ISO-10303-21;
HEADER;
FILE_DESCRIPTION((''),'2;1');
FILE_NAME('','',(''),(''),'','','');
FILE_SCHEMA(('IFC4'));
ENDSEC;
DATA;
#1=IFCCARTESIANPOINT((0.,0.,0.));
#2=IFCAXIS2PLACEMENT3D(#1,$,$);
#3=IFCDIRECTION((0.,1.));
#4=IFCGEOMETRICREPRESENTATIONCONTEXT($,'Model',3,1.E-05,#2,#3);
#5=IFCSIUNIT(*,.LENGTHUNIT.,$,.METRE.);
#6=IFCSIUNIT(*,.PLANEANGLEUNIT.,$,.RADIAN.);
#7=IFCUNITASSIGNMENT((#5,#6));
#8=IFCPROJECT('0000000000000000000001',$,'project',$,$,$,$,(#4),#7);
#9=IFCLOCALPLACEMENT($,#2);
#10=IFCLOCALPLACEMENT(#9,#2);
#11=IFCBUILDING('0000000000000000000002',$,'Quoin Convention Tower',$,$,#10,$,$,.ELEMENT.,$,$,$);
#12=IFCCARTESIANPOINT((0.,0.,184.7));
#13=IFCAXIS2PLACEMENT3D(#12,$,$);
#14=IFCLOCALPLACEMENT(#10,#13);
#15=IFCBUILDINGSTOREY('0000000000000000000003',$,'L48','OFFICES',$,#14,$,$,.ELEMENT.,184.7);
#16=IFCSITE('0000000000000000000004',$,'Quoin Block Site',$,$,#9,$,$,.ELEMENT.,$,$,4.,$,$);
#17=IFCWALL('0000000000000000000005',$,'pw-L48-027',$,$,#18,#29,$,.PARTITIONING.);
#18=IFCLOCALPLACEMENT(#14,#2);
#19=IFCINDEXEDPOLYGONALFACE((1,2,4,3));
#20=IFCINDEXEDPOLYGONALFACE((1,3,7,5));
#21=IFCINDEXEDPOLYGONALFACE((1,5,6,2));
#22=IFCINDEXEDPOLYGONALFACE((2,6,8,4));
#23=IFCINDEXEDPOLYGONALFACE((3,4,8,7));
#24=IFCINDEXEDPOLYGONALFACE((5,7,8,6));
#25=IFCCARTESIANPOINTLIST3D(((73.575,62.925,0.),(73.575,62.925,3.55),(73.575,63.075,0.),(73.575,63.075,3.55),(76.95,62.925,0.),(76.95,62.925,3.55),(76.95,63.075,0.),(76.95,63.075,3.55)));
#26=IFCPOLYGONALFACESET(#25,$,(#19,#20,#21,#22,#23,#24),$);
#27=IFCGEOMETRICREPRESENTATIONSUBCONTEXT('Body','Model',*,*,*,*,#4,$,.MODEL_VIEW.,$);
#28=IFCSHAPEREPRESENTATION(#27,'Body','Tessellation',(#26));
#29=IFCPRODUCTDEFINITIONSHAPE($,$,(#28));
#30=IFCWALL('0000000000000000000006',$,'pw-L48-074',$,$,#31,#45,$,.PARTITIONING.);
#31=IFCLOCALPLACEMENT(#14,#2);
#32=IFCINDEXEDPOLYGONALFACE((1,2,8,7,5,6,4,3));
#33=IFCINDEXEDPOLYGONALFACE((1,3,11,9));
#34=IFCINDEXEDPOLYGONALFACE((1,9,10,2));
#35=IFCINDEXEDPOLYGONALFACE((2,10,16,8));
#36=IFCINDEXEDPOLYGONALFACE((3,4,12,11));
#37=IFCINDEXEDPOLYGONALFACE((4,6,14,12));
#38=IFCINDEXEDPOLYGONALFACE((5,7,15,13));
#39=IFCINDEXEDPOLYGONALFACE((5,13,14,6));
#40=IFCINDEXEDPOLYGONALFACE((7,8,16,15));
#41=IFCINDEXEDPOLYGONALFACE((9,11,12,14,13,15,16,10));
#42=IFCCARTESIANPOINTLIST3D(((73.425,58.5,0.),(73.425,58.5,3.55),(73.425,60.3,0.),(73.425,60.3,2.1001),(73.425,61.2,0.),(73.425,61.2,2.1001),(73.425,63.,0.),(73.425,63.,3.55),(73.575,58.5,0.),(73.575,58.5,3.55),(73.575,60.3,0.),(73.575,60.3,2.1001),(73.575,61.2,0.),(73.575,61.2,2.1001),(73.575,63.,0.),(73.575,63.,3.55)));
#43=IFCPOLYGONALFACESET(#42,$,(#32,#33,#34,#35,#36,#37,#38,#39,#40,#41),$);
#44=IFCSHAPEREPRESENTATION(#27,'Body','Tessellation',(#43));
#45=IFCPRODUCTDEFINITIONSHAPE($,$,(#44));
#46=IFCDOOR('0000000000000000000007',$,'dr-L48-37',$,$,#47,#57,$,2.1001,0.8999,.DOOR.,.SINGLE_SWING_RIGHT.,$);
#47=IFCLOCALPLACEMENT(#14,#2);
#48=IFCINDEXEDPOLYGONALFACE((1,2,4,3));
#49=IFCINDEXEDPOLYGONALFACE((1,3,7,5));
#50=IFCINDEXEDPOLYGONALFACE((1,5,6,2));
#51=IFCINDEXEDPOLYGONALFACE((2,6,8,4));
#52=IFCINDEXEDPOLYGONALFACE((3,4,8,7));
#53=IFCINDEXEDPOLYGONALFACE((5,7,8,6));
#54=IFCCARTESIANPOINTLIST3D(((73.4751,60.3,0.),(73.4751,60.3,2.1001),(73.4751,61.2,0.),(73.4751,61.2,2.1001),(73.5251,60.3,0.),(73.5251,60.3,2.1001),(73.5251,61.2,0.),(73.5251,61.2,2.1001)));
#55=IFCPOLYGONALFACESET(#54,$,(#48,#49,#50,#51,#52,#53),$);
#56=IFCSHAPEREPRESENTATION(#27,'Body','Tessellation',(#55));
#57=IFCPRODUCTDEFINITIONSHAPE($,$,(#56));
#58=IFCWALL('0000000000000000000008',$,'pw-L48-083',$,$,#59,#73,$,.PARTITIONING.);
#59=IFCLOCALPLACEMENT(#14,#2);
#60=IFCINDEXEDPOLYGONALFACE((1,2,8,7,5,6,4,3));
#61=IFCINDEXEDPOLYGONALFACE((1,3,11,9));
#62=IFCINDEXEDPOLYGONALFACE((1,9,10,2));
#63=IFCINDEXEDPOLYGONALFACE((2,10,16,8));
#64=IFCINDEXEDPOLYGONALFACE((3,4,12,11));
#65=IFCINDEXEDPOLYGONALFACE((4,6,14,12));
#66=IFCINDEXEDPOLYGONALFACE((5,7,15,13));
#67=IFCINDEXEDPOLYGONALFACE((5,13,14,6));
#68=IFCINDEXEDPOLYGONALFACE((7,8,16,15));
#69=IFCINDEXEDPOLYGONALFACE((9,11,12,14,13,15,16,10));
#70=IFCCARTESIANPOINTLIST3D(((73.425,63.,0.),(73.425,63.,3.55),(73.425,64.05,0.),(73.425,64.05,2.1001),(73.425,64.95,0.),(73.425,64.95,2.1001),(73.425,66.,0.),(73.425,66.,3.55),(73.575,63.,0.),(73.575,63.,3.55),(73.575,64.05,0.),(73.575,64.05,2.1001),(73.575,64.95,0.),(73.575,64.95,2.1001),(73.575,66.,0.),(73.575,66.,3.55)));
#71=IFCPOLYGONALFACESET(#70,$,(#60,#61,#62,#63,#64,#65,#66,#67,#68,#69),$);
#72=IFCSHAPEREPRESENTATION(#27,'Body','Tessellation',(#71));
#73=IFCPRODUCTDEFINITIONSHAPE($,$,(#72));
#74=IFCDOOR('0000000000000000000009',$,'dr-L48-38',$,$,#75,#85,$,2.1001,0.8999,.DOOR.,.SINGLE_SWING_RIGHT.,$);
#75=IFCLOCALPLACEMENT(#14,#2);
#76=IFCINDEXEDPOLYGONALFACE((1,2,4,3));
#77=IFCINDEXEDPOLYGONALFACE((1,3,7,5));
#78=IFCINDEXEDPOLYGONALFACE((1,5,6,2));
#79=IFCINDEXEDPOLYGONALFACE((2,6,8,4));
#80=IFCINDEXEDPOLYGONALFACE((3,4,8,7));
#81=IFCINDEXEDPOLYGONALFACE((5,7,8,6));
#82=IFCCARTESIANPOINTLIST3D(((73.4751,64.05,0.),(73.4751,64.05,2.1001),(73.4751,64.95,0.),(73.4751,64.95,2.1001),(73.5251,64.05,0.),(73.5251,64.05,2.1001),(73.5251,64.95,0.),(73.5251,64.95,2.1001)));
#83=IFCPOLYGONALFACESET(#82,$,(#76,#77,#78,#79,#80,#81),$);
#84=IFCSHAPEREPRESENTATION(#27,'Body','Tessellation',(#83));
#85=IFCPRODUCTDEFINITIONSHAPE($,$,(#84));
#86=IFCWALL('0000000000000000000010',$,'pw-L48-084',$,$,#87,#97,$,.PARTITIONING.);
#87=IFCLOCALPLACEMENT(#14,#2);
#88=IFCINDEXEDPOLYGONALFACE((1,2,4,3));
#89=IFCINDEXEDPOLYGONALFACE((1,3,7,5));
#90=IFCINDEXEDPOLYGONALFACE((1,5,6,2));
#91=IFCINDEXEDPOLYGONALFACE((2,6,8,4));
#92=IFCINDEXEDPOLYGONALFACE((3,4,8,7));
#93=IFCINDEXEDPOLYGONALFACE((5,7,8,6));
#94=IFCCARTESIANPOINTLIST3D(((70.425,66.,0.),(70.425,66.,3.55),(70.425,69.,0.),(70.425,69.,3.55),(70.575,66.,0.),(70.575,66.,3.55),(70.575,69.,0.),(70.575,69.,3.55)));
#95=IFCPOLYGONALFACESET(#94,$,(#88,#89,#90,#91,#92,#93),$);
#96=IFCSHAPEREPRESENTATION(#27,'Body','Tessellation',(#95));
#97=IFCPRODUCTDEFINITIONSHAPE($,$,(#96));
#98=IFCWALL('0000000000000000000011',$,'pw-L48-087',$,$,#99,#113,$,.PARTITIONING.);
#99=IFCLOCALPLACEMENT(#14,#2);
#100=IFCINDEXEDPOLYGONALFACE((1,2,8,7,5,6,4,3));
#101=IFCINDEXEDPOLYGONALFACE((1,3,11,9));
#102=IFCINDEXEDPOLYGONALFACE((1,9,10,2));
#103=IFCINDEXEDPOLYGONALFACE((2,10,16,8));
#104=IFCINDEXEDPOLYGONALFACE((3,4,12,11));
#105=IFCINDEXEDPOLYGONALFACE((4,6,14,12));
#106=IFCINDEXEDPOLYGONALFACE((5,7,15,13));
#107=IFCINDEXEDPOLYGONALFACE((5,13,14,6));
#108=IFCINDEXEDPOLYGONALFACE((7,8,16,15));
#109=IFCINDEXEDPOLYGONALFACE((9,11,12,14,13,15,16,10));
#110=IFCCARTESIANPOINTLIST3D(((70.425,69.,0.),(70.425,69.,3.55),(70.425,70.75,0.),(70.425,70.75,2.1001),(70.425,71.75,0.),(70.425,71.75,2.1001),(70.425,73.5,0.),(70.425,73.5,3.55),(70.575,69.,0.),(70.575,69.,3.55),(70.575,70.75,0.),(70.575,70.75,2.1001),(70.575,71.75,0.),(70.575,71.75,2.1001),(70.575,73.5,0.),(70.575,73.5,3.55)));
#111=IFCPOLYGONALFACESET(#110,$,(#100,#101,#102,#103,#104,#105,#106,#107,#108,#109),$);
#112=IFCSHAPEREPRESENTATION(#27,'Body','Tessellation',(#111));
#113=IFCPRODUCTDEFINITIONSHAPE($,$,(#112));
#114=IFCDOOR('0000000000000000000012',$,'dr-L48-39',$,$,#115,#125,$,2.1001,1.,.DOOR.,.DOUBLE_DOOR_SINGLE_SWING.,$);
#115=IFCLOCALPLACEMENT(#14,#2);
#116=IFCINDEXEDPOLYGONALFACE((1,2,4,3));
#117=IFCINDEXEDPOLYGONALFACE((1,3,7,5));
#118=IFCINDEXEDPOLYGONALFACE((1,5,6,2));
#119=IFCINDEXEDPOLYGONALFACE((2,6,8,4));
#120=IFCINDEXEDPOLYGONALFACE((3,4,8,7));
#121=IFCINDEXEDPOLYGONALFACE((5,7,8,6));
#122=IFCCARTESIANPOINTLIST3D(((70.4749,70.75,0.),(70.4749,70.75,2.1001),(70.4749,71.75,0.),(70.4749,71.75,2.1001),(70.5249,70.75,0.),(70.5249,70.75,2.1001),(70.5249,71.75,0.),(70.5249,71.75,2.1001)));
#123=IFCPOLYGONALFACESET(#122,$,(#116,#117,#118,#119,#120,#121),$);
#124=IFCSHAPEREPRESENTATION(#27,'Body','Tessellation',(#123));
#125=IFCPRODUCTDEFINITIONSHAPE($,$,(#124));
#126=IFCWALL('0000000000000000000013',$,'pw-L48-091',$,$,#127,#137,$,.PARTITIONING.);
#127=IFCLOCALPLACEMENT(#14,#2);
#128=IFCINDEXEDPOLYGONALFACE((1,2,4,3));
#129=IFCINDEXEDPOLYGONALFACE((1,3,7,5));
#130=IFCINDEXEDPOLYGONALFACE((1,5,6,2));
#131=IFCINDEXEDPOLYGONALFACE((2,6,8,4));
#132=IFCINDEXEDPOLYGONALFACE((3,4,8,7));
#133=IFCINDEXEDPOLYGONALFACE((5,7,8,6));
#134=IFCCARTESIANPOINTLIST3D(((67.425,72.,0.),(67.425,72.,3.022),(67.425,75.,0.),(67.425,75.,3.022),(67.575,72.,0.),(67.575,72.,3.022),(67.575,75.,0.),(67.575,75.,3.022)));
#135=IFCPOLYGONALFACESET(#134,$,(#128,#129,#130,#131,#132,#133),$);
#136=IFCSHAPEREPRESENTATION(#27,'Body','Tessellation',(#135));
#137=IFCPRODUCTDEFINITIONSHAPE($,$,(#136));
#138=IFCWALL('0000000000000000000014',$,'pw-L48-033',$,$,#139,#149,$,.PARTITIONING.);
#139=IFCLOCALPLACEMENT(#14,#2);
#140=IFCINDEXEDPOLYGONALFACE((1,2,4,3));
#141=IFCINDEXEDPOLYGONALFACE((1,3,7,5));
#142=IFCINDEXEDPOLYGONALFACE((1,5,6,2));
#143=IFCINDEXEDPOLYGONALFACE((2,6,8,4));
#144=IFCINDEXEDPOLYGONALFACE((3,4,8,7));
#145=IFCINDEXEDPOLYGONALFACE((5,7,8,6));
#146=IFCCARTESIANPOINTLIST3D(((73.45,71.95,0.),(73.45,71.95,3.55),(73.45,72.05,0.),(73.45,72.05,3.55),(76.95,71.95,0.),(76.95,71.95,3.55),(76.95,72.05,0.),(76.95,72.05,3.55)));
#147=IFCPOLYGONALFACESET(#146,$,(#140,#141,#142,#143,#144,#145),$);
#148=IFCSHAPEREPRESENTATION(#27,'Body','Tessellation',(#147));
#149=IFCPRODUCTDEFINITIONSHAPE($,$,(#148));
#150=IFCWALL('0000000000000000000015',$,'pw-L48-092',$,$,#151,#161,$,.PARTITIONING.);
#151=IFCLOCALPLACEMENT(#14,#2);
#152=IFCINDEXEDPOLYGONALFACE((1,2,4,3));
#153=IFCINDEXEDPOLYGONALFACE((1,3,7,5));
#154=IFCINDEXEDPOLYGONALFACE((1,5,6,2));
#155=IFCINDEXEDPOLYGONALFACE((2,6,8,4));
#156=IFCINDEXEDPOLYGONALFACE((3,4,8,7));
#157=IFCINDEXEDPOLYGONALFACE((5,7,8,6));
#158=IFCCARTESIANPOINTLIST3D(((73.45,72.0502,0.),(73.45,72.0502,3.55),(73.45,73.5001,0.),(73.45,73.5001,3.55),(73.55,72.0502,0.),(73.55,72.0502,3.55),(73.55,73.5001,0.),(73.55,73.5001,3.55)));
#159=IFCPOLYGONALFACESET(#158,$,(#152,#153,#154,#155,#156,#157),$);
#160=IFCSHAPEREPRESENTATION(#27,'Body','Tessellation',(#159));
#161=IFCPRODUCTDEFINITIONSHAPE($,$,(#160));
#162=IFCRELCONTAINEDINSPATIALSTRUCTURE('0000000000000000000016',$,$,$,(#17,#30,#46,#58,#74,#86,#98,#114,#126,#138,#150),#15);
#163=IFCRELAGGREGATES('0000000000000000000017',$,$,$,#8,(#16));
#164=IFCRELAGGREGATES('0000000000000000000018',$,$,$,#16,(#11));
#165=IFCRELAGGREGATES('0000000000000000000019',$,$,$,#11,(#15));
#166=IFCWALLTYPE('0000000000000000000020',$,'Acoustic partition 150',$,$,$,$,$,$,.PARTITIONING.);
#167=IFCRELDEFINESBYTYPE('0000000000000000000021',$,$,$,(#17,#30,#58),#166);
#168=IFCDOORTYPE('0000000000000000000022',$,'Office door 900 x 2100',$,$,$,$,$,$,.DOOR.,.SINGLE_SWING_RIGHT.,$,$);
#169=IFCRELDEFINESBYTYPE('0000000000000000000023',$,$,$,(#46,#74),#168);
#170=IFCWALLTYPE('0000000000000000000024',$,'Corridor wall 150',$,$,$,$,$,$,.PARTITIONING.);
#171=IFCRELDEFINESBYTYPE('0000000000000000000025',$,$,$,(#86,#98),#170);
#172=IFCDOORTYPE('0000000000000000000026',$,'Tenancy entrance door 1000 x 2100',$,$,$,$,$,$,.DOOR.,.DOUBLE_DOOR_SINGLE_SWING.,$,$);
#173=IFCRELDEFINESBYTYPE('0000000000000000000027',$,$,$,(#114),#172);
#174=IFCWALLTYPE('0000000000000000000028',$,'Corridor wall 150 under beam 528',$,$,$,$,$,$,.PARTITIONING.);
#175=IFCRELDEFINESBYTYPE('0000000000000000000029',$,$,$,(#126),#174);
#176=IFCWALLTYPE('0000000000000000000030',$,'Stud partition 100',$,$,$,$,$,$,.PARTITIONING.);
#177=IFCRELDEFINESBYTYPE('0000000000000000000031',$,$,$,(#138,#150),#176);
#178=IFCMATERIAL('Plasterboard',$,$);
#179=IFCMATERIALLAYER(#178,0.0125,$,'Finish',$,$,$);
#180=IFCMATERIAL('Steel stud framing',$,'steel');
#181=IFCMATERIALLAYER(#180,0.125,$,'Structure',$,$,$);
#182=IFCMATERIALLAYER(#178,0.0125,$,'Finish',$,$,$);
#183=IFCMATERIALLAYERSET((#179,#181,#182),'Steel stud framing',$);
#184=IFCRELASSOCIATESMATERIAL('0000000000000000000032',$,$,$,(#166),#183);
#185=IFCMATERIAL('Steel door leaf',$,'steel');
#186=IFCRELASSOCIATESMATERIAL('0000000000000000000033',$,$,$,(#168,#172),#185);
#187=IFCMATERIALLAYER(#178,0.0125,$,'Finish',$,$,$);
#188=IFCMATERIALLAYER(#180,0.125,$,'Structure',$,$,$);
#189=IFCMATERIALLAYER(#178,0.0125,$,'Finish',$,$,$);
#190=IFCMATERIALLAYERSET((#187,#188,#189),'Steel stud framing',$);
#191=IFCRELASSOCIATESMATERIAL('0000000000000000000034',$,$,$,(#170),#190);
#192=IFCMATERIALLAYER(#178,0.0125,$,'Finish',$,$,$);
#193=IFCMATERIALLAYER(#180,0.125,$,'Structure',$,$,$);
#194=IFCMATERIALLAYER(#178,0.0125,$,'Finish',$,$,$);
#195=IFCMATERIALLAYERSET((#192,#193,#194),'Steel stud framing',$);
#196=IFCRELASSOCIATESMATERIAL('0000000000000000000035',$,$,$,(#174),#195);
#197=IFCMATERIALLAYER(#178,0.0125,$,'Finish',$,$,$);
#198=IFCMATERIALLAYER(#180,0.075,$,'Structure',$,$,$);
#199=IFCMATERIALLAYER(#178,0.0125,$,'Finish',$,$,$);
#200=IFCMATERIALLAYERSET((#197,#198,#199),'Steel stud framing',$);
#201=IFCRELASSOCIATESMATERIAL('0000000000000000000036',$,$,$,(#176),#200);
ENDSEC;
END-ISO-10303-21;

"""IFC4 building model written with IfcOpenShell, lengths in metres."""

from ifc_helpers import new_model, si_unit, direction, frame, frame_2d, origin, place, context, subcontext, project, spatial, rectangle, extrude, material, layer, layer_set, type_object, element, fill, save


model = new_model("IFC4")

# Units and contexts
model_context = context("Model", 3, precision=1e-05, world=origin(), true_north=direction((0.0, 1.0)))
body_context = subcontext(model_context, "Body", "Model", "MODEL_VIEW")
ifc_project = project(units=[si_unit("LENGTHUNIT", "METRE"), si_unit("PLANEANGLEUNIT", "RADIAN")], contexts=[model_context])

# Site, building, storey
site_placement = place(None, origin())
site = spatial("IfcSite", under=ifc_project, at=site_placement, Name="Quoin Block Site", CompositionType="ELEMENT", RefElevation=4.0)
building_placement = place(site_placement, origin())
building = spatial("IfcBuilding", under=site, at=building_placement, Name="Quoin Convention Tower", CompositionType="ELEMENT")
storey_placement = place(building_placement, frame((0.0, 0.0, 184.7)))
storey = spatial("IfcBuildingStorey", under=building, at=storey_placement, Name="L48", Description="OFFICES", CompositionType="ELEMENT", Elevation=184.7)

# Wall
ifc_material_1 = material(Name="Plasterboard")
ifc_layer_1 = layer(ifc_material_1, 0.0125, Name="Finish")
ifc_material_2 = material(Name="Steel stud framing", Category="steel")
ifc_layer_2 = layer(ifc_material_2, 0.125, Name="Structure")
ifc_layer_3 = layer(ifc_material_1, 0.0125, Name="Finish")
ifc_layer_set_1 = layer_set([ifc_layer_1, ifc_layer_2, ifc_layer_3], Name="Steel stud framing")
wall_type_1 = type_object("IfcWallType", Name="Acoustic partition 150", PredefinedType="PARTITIONING", material=ifc_layer_set_1)
for number, where, z_axis, x_axis, name in (
    (1, (73.575, 63.0, 0.0), (0.0, 0.0, 1.0), (1.0, 0.0, 0.0), "pw-L48-027"),
):
    element("IfcWall", number, at=place(storey_placement, frame(where, z_axis=z_axis, x_axis=x_axis)), inside=storey, type_object=wall_type_1, Name=name, PredefinedType="PARTITIONING", context=body_context, shape_type="SweptSolid", body=[
        extrude(rectangle(XDim=3.375, YDim=0.1499, at=frame_2d((1.6875, 0.0))), origin(), (0.0, 0.0, 1.0), 3.55),
    ])

# Walls, openings, doors
wall_1_placement = place(storey_placement, frame((73.5, 58.5, 0.0), z_axis=(0.0, 0.0, 1.0), x_axis=(0.0, 1.0, 0.0)))
wall_1 = element("IfcWall", 2, at=wall_1_placement, inside=storey, type_object=wall_type_1, Name="pw-L48-074", PredefinedType="PARTITIONING", context=body_context, shape_type="SweptSolid", body=[
    extrude(rectangle(XDim=4.5, YDim=0.1499, at=frame_2d((2.25, 0.0))), origin(), (0.0, 0.0, 1.0), 3.55),
])
opening_1_placement = place(wall_1_placement, frame((1.8, 0.0, 0.0)))
opening_1 = element("IfcOpeningElement", 3, at=opening_1_placement, cuts=wall_1, PredefinedType="OPENING", context=body_context, shape_type="SweptSolid", body=[
    extrude(rectangle(XDim=0.8999, YDim=2.1001, at=frame_2d((0.45, 1.05))), frame((0.0, 0.085, 0.0), z_axis=(0.0, -1.0, 0.0), x_axis=(1.0, 0.0, 0.0)), (0.0, 0.0, 1.0), 0.1699),
])
ifc_material_3 = material(Name="Steel door leaf", Category="steel")
door_type_1 = type_object("IfcDoorType", Name="Office door 900 x 2100", OperationType="SINGLE_SWING_RIGHT", PredefinedType="DOOR", material=ifc_material_3)
door_1_placement = place(opening_1_placement, origin())
door_1 = element("IfcDoor", 4, at=door_1_placement, inside=storey, type_object=door_type_1, Name="dr-L48-37", OperationType="SINGLE_SWING_RIGHT", OverallHeight=2.1001, OverallWidth=0.8999, PredefinedType="DOOR", context=body_context, shape_type="SweptSolid", body=[
    extrude(rectangle(XDim=0.8999, YDim=2.1001, at=frame_2d((0.45, 1.05))), frame((0.0, 0.0249, 0.0), z_axis=(0.0, -1.0, 0.0), x_axis=(1.0, 0.0, 0.0)), (0.0, 0.0, 1.0), 0.05),
])
fill(opening_1, door_1)
wall_2_placement = place(storey_placement, frame((73.5, 63.0, 0.0), z_axis=(0.0, 0.0, 1.0), x_axis=(0.0, 1.0, 0.0)))
wall_2 = element("IfcWall", 5, at=wall_2_placement, inside=storey, type_object=wall_type_1, Name="pw-L48-083", PredefinedType="PARTITIONING", context=body_context, shape_type="SweptSolid", body=[
    extrude(rectangle(XDim=3.0, YDim=0.1499, at=frame_2d((1.5, 0.0))), origin(), (0.0, 0.0, 1.0), 3.55),
])
opening_2_placement = place(wall_2_placement, frame((1.05, 0.0, 0.0)))
opening_2 = element("IfcOpeningElement", 6, at=opening_2_placement, cuts=wall_2, PredefinedType="OPENING", context=body_context, shape_type="SweptSolid", body=[
    extrude(rectangle(XDim=0.8999, YDim=2.1001, at=frame_2d((0.45, 1.05))), frame((0.0, 0.085, 0.0), z_axis=(0.0, -1.0, 0.0), x_axis=(1.0, 0.0, 0.0)), (0.0, 0.0, 1.0), 0.1699),
])
door_2_placement = place(opening_2_placement, origin())
door_2 = element("IfcDoor", 7, at=door_2_placement, inside=storey, type_object=door_type_1, Name="dr-L48-38", OperationType="SINGLE_SWING_RIGHT", OverallHeight=2.1001, OverallWidth=0.8999, PredefinedType="DOOR", context=body_context, shape_type="SweptSolid", body=[
    extrude(rectangle(XDim=0.8999, YDim=2.1001, at=frame_2d((0.45, 1.05))), frame((0.0, 0.0249, 0.0), z_axis=(0.0, -1.0, 0.0), x_axis=(1.0, 0.0, 0.0)), (0.0, 0.0, 1.0), 0.05),
])
fill(opening_2, door_2)

# Wall
ifc_layer_4 = layer(ifc_material_1, 0.0125, Name="Finish")
ifc_layer_5 = layer(ifc_material_2, 0.125, Name="Structure")
ifc_layer_6 = layer(ifc_material_1, 0.0125, Name="Finish")
ifc_layer_set_2 = layer_set([ifc_layer_4, ifc_layer_5, ifc_layer_6], Name="Steel stud framing")
wall_type_2 = type_object("IfcWallType", Name="Corridor wall 150", PredefinedType="PARTITIONING", material=ifc_layer_set_2)
wall_3_placement = place(storey_placement, frame((70.5, 66.0, 0.0), z_axis=(0.0, 0.0, 1.0), x_axis=(0.0, 1.0, 0.0)))
element("IfcWall", 8, at=wall_3_placement, inside=storey, type_object=wall_type_2, Name="pw-L48-084", PredefinedType="PARTITIONING", context=body_context, shape_type="SweptSolid", body=[
    extrude(rectangle(XDim=3.0, YDim=0.1499, at=frame_2d((1.5, 0.0))), origin(), (0.0, 0.0, 1.0), 3.55),
])

# Wall, opening, door
wall_4_placement = place(storey_placement, frame((70.5, 69.0, 0.0), z_axis=(0.0, 0.0, 1.0), x_axis=(0.0, 1.0, 0.0)))
wall_4 = element("IfcWall", 9, at=wall_4_placement, inside=storey, type_object=wall_type_2, Name="pw-L48-087", PredefinedType="PARTITIONING", context=body_context, shape_type="SweptSolid", body=[
    extrude(rectangle(XDim=4.5, YDim=0.1499, at=frame_2d((2.25, 0.0))), origin(), (0.0, 0.0, 1.0), 3.55),
])
opening_3_placement = place(wall_4_placement, frame((1.75, 0.0, 0.0)))
opening_3 = element("IfcOpeningElement", 10, at=opening_3_placement, cuts=wall_4, PredefinedType="OPENING", context=body_context, shape_type="SweptSolid", body=[
    extrude(rectangle(XDim=1.0, YDim=2.1001, at=frame_2d((0.5, 1.05))), frame((0.0, 0.085, 0.0), z_axis=(0.0, -1.0, 0.0), x_axis=(1.0, 0.0, 0.0)), (0.0, 0.0, 1.0), 0.1699),
])
door_type_2 = type_object("IfcDoorType", Name="Tenancy entrance door 1000 x 2100", OperationType="DOUBLE_DOOR_SINGLE_SWING", PredefinedType="DOOR", material=ifc_material_3)
door_3_placement = place(opening_3_placement, frame((1.0, 0.0, 0.0), z_axis=(0.0, 0.0, 1.0), x_axis=(-1.0, 0.0, 0.0)))
door_3 = element("IfcDoor", 11, at=door_3_placement, inside=storey, type_object=door_type_2, Name="dr-L48-39", OperationType="DOUBLE_DOOR_SINGLE_SWING", OverallHeight=2.1001, OverallWidth=1.0, PredefinedType="DOOR", context=body_context, shape_type="SweptSolid", body=[
    extrude(rectangle(XDim=1.0, YDim=2.1001, at=frame_2d((0.5, 1.05))), frame((0.0, 0.0249, 0.0), z_axis=(0.0, -1.0, 0.0), x_axis=(1.0, 0.0, 0.0)), (0.0, 0.0, 1.0), 0.05),
])
fill(opening_3, door_3)

# Walls
ifc_layer_7 = layer(ifc_material_1, 0.0125, Name="Finish")
ifc_layer_8 = layer(ifc_material_2, 0.125, Name="Structure")
ifc_layer_9 = layer(ifc_material_1, 0.0125, Name="Finish")
ifc_layer_set_3 = layer_set([ifc_layer_7, ifc_layer_8, ifc_layer_9], Name="Steel stud framing")
wall_type_3 = type_object("IfcWallType", Name="Corridor wall 150 under beam 528", PredefinedType="PARTITIONING", material=ifc_layer_set_3)
wall_5_placement = place(storey_placement, frame((67.5, 72.0, 0.0), z_axis=(0.0, 0.0, 1.0), x_axis=(0.0, 1.0, 0.0)))
element("IfcWall", 12, at=wall_5_placement, inside=storey, type_object=wall_type_3, Name="pw-L48-091", PredefinedType="PARTITIONING", context=body_context, shape_type="SweptSolid", body=[
    extrude(rectangle(XDim=3.0, YDim=0.1499, at=frame_2d((1.5, 0.0))), origin(), (0.0, 0.0, 1.0), 3.022),
])
ifc_layer_10 = layer(ifc_material_1, 0.0125, Name="Finish")
ifc_layer_11 = layer(ifc_material_2, 0.075, Name="Structure")
ifc_layer_12 = layer(ifc_material_1, 0.0125, Name="Finish")
ifc_layer_set_4 = layer_set([ifc_layer_10, ifc_layer_11, ifc_layer_12], Name="Steel stud framing")
wall_type_4 = type_object("IfcWallType", Name="Stud partition 100", PredefinedType="PARTITIONING", material=ifc_layer_set_4)
wall_6_placement = place(storey_placement, frame((73.45, 72.0, 0.0), z_axis=(0.0, 0.0, 1.0), x_axis=(1.0, 0.0, 0.0)))
element("IfcWall", 13, at=wall_6_placement, inside=storey, type_object=wall_type_4, Name="pw-L48-033", PredefinedType="PARTITIONING", context=body_context, shape_type="SweptSolid", body=[
    extrude(rectangle(XDim=3.5, YDim=0.1001, at=frame_2d((1.75, 0.0))), origin(), (0.0, 0.0, 1.0), 3.55),
])
wall_7_placement = place(storey_placement, frame((73.5, 72.05, 0.0), z_axis=(0.0, 0.0, 1.0), x_axis=(0.0, 1.0, 0.0)))
element("IfcWall", 14, at=wall_7_placement, inside=storey, type_object=wall_type_4, Name="pw-L48-092", PredefinedType="PARTITIONING", context=body_context, shape_type="SweptSolid", body=[
    extrude(rectangle(XDim=1.45, YDim=0.1001, at=frame_2d((0.7251, 0.0))), origin(), (0.0, 0.0, 1.0), 3.55),
])

save(model, "model.ifc")
